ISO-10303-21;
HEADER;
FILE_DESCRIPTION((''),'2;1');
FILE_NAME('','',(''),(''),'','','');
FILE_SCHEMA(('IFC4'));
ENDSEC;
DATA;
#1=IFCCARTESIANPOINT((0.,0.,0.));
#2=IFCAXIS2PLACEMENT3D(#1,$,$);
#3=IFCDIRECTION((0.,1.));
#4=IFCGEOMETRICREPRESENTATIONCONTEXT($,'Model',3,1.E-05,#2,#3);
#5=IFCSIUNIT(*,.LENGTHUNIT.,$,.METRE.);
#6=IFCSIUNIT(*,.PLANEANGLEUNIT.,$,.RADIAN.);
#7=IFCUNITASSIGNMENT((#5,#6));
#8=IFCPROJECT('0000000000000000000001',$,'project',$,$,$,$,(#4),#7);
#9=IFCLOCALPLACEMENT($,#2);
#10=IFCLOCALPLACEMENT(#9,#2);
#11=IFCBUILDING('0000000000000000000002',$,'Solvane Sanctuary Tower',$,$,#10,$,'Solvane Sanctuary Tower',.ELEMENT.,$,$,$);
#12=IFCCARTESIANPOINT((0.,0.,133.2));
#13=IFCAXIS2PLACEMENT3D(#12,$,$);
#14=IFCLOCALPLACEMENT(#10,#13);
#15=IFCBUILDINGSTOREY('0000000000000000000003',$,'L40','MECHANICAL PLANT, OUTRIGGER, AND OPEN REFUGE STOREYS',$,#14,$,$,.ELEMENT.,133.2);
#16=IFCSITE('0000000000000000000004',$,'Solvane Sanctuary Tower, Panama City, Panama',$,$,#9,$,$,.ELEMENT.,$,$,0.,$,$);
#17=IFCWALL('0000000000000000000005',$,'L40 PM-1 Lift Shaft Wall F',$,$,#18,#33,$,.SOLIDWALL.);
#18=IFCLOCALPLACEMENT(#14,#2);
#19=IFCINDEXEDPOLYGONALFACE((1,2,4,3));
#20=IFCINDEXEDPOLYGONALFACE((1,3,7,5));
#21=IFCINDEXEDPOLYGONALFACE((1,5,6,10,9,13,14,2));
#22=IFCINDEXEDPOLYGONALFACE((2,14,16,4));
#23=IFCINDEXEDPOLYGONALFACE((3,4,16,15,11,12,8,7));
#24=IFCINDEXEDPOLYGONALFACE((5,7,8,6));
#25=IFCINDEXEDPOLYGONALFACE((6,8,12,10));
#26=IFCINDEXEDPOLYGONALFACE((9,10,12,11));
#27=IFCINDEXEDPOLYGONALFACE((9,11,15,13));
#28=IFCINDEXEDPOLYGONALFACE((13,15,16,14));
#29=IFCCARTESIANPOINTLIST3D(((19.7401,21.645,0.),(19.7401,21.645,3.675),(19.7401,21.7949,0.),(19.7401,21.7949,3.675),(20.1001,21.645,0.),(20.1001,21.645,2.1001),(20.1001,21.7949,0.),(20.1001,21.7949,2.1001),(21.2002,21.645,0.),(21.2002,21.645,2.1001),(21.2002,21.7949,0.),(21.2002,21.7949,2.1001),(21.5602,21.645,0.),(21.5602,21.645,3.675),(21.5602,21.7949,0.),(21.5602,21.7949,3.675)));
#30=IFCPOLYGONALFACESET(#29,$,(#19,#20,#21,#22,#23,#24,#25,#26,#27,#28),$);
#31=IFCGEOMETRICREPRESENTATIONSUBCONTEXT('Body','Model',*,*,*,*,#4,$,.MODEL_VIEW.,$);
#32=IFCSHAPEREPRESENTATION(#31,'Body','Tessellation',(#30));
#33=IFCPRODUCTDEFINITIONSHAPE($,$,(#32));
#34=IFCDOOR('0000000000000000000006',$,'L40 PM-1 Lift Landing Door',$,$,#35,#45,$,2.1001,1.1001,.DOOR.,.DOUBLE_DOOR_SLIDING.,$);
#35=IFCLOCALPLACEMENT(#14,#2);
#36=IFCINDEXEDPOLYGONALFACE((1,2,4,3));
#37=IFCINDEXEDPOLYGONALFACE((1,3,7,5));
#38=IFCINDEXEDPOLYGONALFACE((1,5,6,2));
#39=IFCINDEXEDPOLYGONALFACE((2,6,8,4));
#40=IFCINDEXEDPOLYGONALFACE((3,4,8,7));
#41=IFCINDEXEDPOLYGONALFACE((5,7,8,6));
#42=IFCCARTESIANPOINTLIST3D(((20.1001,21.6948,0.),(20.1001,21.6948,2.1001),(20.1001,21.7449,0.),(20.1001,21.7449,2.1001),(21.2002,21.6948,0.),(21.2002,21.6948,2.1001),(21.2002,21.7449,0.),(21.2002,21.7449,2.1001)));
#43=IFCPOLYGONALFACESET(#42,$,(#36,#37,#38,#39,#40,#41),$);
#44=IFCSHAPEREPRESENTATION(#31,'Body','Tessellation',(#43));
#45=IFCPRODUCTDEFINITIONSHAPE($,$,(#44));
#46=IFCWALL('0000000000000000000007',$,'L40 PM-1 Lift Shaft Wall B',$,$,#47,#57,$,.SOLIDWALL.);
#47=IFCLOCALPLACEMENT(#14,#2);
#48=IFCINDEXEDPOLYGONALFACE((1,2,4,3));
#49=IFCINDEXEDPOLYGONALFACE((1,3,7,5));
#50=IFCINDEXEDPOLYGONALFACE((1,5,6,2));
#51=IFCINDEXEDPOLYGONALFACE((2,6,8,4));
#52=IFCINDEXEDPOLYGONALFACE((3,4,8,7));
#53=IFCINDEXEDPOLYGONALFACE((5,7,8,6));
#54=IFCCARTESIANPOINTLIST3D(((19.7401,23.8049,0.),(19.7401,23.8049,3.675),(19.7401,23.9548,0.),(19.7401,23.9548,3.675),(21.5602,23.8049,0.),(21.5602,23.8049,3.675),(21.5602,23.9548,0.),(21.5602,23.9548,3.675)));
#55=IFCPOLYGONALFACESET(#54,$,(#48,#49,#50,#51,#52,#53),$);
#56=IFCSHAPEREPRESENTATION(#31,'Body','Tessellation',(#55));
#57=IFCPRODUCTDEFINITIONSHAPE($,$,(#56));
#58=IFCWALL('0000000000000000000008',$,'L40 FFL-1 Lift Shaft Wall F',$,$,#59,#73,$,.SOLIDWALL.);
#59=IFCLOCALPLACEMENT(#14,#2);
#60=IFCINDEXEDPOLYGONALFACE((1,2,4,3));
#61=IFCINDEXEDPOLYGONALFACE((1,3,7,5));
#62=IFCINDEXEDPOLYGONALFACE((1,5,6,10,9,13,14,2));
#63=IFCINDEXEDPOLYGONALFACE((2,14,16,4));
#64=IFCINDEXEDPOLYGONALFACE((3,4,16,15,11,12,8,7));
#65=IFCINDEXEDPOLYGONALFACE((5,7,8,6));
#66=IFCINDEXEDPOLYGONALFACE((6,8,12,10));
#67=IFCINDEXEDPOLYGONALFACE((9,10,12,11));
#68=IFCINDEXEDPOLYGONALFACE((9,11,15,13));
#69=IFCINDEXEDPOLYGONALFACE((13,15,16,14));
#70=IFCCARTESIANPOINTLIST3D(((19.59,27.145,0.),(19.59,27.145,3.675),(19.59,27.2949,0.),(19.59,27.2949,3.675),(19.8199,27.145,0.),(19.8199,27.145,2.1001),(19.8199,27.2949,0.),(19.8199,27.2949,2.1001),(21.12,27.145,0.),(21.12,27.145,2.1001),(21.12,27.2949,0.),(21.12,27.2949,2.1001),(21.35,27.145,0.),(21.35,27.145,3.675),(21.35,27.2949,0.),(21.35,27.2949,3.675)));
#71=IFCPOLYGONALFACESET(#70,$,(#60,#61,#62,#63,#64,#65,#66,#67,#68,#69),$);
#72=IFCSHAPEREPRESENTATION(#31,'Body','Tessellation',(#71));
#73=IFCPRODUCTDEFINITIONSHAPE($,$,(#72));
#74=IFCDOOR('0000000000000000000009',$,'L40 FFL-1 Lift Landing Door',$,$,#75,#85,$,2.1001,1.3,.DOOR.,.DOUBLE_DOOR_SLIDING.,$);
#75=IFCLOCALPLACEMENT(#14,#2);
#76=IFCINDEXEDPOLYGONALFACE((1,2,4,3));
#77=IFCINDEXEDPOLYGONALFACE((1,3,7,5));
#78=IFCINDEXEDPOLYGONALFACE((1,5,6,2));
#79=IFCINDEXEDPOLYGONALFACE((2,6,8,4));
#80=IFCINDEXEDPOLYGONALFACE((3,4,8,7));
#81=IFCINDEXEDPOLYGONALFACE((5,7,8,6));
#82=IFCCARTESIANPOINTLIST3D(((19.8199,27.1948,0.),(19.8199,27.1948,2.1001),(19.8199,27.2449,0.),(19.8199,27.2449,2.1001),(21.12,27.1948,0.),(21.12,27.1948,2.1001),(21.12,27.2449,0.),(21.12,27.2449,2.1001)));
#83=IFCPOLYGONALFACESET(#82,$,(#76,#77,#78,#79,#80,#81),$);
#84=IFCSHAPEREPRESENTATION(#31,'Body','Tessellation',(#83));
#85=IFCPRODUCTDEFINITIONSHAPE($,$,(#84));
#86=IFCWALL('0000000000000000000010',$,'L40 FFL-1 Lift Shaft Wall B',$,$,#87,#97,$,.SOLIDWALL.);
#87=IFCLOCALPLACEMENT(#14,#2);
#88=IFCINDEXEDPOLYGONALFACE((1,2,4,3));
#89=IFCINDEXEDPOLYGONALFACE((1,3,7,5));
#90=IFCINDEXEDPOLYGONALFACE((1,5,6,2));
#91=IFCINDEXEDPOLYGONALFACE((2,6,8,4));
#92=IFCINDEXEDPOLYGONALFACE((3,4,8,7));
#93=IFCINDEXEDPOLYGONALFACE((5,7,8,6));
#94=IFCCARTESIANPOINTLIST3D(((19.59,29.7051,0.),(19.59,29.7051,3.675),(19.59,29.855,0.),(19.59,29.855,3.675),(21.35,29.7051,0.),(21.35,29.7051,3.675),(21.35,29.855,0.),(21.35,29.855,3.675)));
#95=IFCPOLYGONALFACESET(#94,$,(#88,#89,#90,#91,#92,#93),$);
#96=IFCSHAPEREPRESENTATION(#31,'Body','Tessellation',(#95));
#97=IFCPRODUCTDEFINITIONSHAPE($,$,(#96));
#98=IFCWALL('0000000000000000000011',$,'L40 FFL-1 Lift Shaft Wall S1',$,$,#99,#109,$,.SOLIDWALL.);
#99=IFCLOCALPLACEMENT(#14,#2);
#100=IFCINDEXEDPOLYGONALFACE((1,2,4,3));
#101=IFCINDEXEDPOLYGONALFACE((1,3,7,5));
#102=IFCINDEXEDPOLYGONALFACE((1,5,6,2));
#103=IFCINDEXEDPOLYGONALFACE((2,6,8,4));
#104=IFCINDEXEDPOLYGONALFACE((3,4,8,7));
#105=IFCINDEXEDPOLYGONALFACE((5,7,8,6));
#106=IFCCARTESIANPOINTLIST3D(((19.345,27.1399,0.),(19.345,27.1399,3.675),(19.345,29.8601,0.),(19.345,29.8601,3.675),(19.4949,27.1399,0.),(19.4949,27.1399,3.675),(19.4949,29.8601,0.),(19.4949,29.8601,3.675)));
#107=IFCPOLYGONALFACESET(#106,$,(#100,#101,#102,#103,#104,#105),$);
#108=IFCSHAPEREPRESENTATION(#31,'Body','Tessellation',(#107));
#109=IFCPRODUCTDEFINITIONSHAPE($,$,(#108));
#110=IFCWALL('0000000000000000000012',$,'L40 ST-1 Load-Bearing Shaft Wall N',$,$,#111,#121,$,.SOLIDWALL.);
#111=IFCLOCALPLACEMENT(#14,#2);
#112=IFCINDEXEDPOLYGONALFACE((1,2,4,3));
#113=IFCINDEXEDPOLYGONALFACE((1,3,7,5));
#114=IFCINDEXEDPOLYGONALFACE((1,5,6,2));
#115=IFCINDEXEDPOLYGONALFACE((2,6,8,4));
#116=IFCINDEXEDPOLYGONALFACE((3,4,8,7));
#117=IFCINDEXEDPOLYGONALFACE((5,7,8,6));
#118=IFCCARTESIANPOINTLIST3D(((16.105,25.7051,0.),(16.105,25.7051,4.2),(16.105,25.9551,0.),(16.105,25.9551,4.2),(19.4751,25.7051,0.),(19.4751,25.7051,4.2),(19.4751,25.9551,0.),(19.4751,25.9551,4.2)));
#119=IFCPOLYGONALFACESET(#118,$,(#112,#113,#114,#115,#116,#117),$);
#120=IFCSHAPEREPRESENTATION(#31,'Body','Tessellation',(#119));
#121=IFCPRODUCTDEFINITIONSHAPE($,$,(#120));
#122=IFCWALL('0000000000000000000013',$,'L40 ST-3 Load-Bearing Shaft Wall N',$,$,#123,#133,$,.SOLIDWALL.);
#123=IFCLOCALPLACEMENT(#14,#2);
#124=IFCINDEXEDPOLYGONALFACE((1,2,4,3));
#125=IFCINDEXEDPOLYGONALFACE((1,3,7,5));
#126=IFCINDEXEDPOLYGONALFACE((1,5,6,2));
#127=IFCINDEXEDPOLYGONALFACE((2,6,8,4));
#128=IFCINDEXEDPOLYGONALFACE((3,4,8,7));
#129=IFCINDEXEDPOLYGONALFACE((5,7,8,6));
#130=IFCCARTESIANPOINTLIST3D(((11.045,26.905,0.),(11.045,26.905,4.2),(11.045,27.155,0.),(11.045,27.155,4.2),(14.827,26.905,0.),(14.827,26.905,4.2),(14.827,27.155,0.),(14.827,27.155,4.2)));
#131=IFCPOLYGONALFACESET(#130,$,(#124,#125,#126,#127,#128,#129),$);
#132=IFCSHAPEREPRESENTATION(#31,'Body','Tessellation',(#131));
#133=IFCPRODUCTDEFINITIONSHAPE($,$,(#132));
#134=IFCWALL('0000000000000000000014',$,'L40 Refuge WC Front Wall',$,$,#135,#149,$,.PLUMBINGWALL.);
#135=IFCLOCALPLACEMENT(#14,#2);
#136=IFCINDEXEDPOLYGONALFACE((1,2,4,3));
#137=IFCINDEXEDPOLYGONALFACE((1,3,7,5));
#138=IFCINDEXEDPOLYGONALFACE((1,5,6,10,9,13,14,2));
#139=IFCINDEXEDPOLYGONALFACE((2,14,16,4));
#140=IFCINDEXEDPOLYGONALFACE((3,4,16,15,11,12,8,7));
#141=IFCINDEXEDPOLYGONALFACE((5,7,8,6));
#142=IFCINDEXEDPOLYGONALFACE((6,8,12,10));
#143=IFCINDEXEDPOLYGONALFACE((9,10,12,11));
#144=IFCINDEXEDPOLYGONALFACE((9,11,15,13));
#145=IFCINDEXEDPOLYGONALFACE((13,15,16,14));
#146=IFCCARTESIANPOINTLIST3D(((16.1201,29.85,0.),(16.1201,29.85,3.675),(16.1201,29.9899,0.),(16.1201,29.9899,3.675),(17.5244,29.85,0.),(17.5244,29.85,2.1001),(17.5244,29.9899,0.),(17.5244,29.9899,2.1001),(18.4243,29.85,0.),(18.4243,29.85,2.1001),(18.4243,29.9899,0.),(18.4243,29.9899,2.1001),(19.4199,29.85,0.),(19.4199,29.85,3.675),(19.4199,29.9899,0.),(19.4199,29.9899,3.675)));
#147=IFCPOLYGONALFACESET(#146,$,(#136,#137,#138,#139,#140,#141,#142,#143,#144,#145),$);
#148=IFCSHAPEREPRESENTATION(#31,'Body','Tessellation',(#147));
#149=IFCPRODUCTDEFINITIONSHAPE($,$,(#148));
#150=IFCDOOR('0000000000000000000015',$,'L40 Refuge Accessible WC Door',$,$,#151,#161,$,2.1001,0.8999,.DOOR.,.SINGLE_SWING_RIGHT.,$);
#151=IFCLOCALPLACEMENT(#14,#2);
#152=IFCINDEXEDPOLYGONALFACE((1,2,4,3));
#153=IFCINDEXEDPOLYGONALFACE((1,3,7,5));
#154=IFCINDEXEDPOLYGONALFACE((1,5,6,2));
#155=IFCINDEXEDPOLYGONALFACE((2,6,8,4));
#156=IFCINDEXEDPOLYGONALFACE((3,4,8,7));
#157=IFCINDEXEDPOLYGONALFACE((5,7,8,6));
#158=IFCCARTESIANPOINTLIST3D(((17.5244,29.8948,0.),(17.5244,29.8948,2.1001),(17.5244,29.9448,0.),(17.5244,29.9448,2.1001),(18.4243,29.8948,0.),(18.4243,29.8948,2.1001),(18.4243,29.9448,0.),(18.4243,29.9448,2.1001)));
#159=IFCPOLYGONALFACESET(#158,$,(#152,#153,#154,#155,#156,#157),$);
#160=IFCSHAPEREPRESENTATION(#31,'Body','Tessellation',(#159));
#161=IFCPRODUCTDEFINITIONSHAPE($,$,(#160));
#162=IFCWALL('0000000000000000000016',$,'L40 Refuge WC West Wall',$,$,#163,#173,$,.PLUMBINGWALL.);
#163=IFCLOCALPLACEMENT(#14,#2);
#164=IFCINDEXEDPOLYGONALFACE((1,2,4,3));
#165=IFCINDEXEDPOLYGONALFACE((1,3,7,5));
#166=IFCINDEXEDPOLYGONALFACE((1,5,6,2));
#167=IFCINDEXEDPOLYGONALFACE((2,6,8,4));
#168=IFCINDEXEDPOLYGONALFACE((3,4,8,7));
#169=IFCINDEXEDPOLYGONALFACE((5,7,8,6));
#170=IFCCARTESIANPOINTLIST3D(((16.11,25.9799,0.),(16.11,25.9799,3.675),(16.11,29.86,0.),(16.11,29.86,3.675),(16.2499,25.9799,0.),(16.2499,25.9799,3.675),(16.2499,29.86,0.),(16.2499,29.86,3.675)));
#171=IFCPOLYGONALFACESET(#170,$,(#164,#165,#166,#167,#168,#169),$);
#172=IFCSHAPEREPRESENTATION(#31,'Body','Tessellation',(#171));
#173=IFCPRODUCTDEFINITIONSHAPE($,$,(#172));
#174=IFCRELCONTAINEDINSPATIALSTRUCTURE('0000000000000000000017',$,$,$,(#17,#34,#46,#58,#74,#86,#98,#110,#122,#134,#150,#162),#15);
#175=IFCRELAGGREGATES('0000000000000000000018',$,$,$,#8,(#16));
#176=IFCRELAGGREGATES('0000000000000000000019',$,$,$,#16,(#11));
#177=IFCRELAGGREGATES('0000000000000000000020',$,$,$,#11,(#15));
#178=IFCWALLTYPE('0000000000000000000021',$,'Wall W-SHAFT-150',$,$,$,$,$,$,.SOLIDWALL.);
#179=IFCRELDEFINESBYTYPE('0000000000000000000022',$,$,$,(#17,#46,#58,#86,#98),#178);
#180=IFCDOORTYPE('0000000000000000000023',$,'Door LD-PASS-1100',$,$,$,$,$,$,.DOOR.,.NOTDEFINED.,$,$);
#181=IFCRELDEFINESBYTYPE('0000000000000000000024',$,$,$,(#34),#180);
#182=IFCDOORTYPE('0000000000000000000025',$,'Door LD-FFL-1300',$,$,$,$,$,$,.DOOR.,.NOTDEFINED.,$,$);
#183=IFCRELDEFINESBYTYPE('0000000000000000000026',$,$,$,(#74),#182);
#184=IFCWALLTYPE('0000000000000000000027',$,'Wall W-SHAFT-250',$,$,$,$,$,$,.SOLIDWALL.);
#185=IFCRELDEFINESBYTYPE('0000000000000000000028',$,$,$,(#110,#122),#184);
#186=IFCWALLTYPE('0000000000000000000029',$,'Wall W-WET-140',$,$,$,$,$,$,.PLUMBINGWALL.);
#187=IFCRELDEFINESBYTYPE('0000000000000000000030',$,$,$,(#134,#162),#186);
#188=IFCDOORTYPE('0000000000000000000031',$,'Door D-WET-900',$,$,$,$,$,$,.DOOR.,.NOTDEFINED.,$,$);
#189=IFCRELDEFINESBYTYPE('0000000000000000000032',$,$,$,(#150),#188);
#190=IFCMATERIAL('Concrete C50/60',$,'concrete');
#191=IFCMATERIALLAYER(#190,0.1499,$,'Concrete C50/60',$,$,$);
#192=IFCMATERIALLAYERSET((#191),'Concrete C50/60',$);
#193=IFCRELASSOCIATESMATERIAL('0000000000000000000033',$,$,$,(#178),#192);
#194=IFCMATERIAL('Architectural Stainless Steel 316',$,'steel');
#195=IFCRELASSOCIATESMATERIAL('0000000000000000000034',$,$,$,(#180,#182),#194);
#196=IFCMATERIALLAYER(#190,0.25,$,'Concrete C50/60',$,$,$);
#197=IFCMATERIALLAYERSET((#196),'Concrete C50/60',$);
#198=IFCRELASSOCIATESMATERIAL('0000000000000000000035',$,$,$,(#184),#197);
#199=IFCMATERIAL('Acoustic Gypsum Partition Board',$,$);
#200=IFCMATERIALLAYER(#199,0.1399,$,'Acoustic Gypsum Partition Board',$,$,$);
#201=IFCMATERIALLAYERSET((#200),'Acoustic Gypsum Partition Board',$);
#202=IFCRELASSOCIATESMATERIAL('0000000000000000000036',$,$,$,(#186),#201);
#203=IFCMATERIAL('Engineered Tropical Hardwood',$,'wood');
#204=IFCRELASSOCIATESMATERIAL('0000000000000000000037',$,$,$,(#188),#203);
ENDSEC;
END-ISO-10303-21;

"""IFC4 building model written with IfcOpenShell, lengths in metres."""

from ifc_helpers import new_model, si_unit, direction, frame, frame_2d, origin, place, context, subcontext, project, spatial, rectangle, extrude, material, layer, layer_set, type_object, element, fill, save


model = new_model("IFC4")

# Units and contexts
model_context = context("Model", 3, precision=1e-05, world=origin(), true_north=direction((0.0, 1.0)))
body_context = subcontext(model_context, "Body", "Model", "MODEL_VIEW")
ifc_project = project(units=[si_unit("LENGTHUNIT", "METRE"), si_unit("PLANEANGLEUNIT", "RADIAN")], contexts=[model_context])

# Site, building, storey
site_placement = place(None, origin())
site = spatial("IfcSite", under=ifc_project, at=site_placement, Name="Solvane Sanctuary Tower, Panama City, Panama", CompositionType="ELEMENT", RefElevation=0.0)
building_placement = place(site_placement, origin())
building = spatial("IfcBuilding", under=site, at=building_placement, Name="Solvane Sanctuary Tower", LongName="Solvane Sanctuary Tower", CompositionType="ELEMENT")
storey_placement = place(building_placement, frame((0.0, 0.0, 133.2)))
storey = spatial("IfcBuildingStorey", under=building, at=storey_placement, Name="L40", Description="MECHANICAL PLANT, OUTRIGGER, AND OPEN REFUGE STOREYS", CompositionType="ELEMENT", Elevation=133.2)

# Shared definitions
ifc_material_1 = material(Name="Acoustic Gypsum Partition Board")

# Wall, opening, door
ifc_material_2 = material(Name="Concrete C50/60", Category="concrete")
ifc_layer_1 = layer(ifc_material_2, 0.1499, Name="Concrete C50/60")
ifc_layer_set_1 = layer_set([ifc_layer_1], Name="Concrete C50/60")
wall_type_1 = type_object("IfcWallType", Name="Wall W-SHAFT-150", PredefinedType="SOLIDWALL", material=ifc_layer_set_1)
wall_1_placement = place(storey_placement, frame((19.74, 21.72, 0.0), z_axis=(0.0, 0.0, 1.0), x_axis=(1.0, 0.0, 0.0)))
wall_1 = element("IfcWall", 1, at=wall_1_placement, inside=storey, type_object=wall_type_1, Name="L40 PM-1 Lift Shaft Wall F", PredefinedType="SOLIDWALL", context=body_context, shape_type="SweptSolid", body=[
    extrude(rectangle(XDim=1.8201, YDim=0.1499, at=frame_2d((0.9102, 0.0))), origin(), (0.0, 0.0, 1.0), 3.675),
])
opening_1_placement = place(wall_1_placement, frame((0.3601, 0.0, 0.0)))
opening_1 = element("IfcOpeningElement", 2, at=opening_1_placement, cuts=wall_1, PredefinedType="OPENING", context=body_context, shape_type="SweptSolid", body=[
    extrude(rectangle(XDim=1.1001, YDim=2.1001, at=frame_2d((0.55, 1.05))), frame((0.0, 0.085, 0.0), z_axis=(0.0, -1.0, 0.0), x_axis=(1.0, 0.0, 0.0)), (0.0, 0.0, 1.0), 0.1699),
])
ifc_material_3 = material(Name="Architectural Stainless Steel 316", Category="steel")
door_type_1 = type_object("IfcDoorType", Name="Door LD-PASS-1100", OperationType="NOTDEFINED", PredefinedType="DOOR", material=ifc_material_3)
door_1_placement = place(opening_1_placement, origin())
door_1 = element("IfcDoor", 3, at=door_1_placement, inside=storey, type_object=door_type_1, Name="L40 PM-1 Lift Landing Door", OperationType="DOUBLE_DOOR_SLIDING", OverallHeight=2.1001, OverallWidth=1.1001, PredefinedType="DOOR", context=body_context, shape_type="SweptSolid", body=[
    extrude(rectangle(XDim=1.1001, YDim=2.1001, at=frame_2d((0.55, 1.05))), frame((0.0, 0.0249, 0.0), z_axis=(0.0, -1.0, 0.0), x_axis=(1.0, 0.0, 0.0)), (0.0, 0.0, 1.0), 0.05),
])
fill(opening_1, door_1)

# Wall
wall_2_placement = place(storey_placement, frame((19.74, 23.8799, 0.0), z_axis=(0.0, 0.0, 1.0), x_axis=(1.0, 0.0, 0.0)))
element("IfcWall", 4, at=wall_2_placement, inside=storey, type_object=wall_type_1, Name="L40 PM-1 Lift Shaft Wall B", PredefinedType="SOLIDWALL", context=body_context, shape_type="SweptSolid", body=[
    extrude(rectangle(XDim=1.8201, YDim=0.1499, at=frame_2d((0.9102, 0.0))), origin(), (0.0, 0.0, 1.0), 3.675),
])

# Wall, opening, door
wall_3_placement = place(storey_placement, frame((19.5901, 27.22, 0.0), z_axis=(0.0, 0.0, 1.0), x_axis=(1.0, 0.0, 0.0)))
wall_3 = element("IfcWall", 5, at=wall_3_placement, inside=storey, type_object=wall_type_1, Name="L40 FFL-1 Lift Shaft Wall F", PredefinedType="SOLIDWALL", context=body_context, shape_type="SweptSolid", body=[
    extrude(rectangle(XDim=1.76, YDim=0.1499, at=frame_2d((0.8799, 0.0))), origin(), (0.0, 0.0, 1.0), 3.675),
])
opening_2_placement = place(wall_3_placement, frame((0.23, 0.0, 0.0)))
opening_2 = element("IfcOpeningElement", 6, at=opening_2_placement, cuts=wall_3, PredefinedType="OPENING", context=body_context, shape_type="SweptSolid", body=[
    extrude(rectangle(XDim=1.3, YDim=2.1001, at=frame_2d((0.6499, 1.05))), frame((0.0, 0.085, 0.0), z_axis=(0.0, -1.0, 0.0), x_axis=(1.0, 0.0, 0.0)), (0.0, 0.0, 1.0), 0.1699),
])
door_type_2 = type_object("IfcDoorType", Name="Door LD-FFL-1300", OperationType="NOTDEFINED", PredefinedType="DOOR", material=ifc_material_3)
door_2_placement = place(opening_2_placement, origin())
door_2 = element("IfcDoor", 7, at=door_2_placement, inside=storey, type_object=door_type_2, Name="L40 FFL-1 Lift Landing Door", OperationType="DOUBLE_DOOR_SLIDING", OverallHeight=2.1001, OverallWidth=1.3, PredefinedType="DOOR", context=body_context, shape_type="SweptSolid", body=[
    extrude(rectangle(XDim=1.3, YDim=2.1001, at=frame_2d((0.6499, 1.05))), frame((0.0, 0.0249, 0.0), z_axis=(0.0, -1.0, 0.0), x_axis=(1.0, 0.0, 0.0)), (0.0, 0.0, 1.0), 0.05),
])
fill(opening_2, door_2)

# Walls
wall_4_placement = place(storey_placement, frame((19.5901, 29.78, 0.0), z_axis=(0.0, 0.0, 1.0), x_axis=(1.0, 0.0, 0.0)))
element("IfcWall", 8, at=wall_4_placement, inside=storey, type_object=wall_type_1, Name="L40 FFL-1 Lift Shaft Wall B", PredefinedType="SOLIDWALL", context=body_context, shape_type="SweptSolid", body=[
    extrude(rectangle(XDim=1.76, YDim=0.1499, at=frame_2d((0.8799, 0.0))), origin(), (0.0, 0.0, 1.0), 3.675),
])
wall_5_placement = place(storey_placement, frame((19.4199, 27.1399, 0.0), z_axis=(0.0, 0.0, 1.0), x_axis=(0.0, 1.0, 0.0)))
element("IfcWall", 9, at=wall_5_placement, inside=storey, type_object=wall_type_1, Name="L40 FFL-1 Lift Shaft Wall S1", PredefinedType="SOLIDWALL", context=body_context, shape_type="SweptSolid", body=[
    extrude(rectangle(XDim=2.7202, YDim=0.1499, at=frame_2d((1.3601, 0.0))), origin(), (0.0, 0.0, 1.0), 3.675),
])
ifc_layer_2 = layer(ifc_material_2, 0.25, Name="Concrete C50/60")
ifc_layer_set_2 = layer_set([ifc_layer_2], Name="Concrete C50/60")
wall_type_2 = type_object("IfcWallType", Name="Wall W-SHAFT-250", PredefinedType="SOLIDWALL", material=ifc_layer_set_2)
wall_6_placement = place(storey_placement, frame((16.105, 25.8301, 0.0), z_axis=(0.0, 0.0, 1.0), x_axis=(1.0, 0.0, 0.0)))
element("IfcWall", 10, at=wall_6_placement, inside=storey, type_object=wall_type_2, Name="L40 ST-1 Load-Bearing Shaft Wall N", PredefinedType="SOLIDWALL", context=body_context, shape_type="SweptSolid", body=[
    extrude(rectangle(XDim=3.3701, YDim=0.25, at=frame_2d((1.6851, 0.0))), origin(), (0.0, 0.0, 1.0), 4.2),
])
wall_7_placement = place(storey_placement, frame((11.0449, 27.03, 0.0), z_axis=(0.0, 0.0, 1.0), x_axis=(1.0, 0.0, 0.0)))
element("IfcWall", 11, at=wall_7_placement, inside=storey, type_object=wall_type_2, Name="L40 ST-3 Load-Bearing Shaft Wall N", PredefinedType="SOLIDWALL", context=body_context, shape_type="SweptSolid", body=[
    extrude(rectangle(XDim=3.782, YDim=0.25, at=frame_2d((1.8911, 0.0))), origin(), (0.0, 0.0, 1.0), 4.2),
])

# Wall, opening, door
ifc_layer_3 = layer(ifc_material_1, 0.1399, Name="Acoustic Gypsum Partition Board")
ifc_layer_set_3 = layer_set([ifc_layer_3], Name="Acoustic Gypsum Partition Board")
wall_type_3 = type_object("IfcWallType", Name="Wall W-WET-140", PredefinedType="PLUMBINGWALL", material=ifc_layer_set_3)
wall_8_placement = place(storey_placement, frame((16.1201, 29.9199, 0.0), z_axis=(0.0, 0.0, 1.0), x_axis=(1.0, 0.0, 0.0)))
wall_8 = element("IfcWall", 12, at=wall_8_placement, inside=storey, type_object=wall_type_3, Name="L40 Refuge WC Front Wall", PredefinedType="PLUMBINGWALL", context=body_context, shape_type="SweptSolid", body=[
    extrude(rectangle(XDim=3.2998, YDim=0.1399, at=frame_2d((1.6499, 0.0))), origin(), (0.0, 0.0, 1.0), 3.675),
])
opening_3_placement = place(wall_8_placement, frame((1.4043, 0.0, 0.0)))
opening_3 = element("IfcOpeningElement", 13, at=opening_3_placement, cuts=wall_8, PredefinedType="OPENING", context=body_context, shape_type="SweptSolid", body=[
    extrude(rectangle(XDim=0.8999, YDim=2.1001, at=frame_2d((0.45, 1.05))), frame((0.0, 0.0798, 0.0), z_axis=(0.0, -1.0, 0.0), x_axis=(1.0, 0.0, 0.0)), (0.0, 0.0, 1.0), 0.1599),
])
ifc_material_4 = material(Name="Engineered Tropical Hardwood", Category="wood")
door_type_3 = type_object("IfcDoorType", Name="Door D-WET-900", OperationType="NOTDEFINED", PredefinedType="DOOR", material=ifc_material_4)
door_3_placement = place(opening_3_placement, origin())
door_3 = element("IfcDoor", 14, at=door_3_placement, inside=storey, type_object=door_type_3, Name="L40 Refuge Accessible WC Door", OperationType="SINGLE_SWING_RIGHT", OverallHeight=2.1001, OverallWidth=0.8999, PredefinedType="DOOR", context=body_context, shape_type="SweptSolid", body=[
    extrude(rectangle(XDim=0.8999, YDim=2.1001, at=frame_2d((0.45, 1.05))), frame((0.0, 0.0249, 0.0), z_axis=(0.0, -1.0, 0.0), x_axis=(1.0, 0.0, 0.0)), (0.0, 0.0, 1.0), 0.05),
])
fill(opening_3, door_3)

# Wall
wall_9_placement = place(storey_placement, frame((16.1799, 25.98, 0.0), z_axis=(0.0, 0.0, 1.0), x_axis=(0.0, 1.0, 0.0)))
element("IfcWall", 15, at=wall_9_placement, inside=storey, type_object=wall_type_3, Name="L40 Refuge WC West Wall", PredefinedType="PLUMBINGWALL", context=body_context, shape_type="SweptSolid", body=[
    extrude(rectangle(XDim=3.8801, YDim=0.1399, at=frame_2d((1.9399, 0.0))), origin(), (0.0, 0.0, 1.0), 3.675),
])

save(model, "model.ifc")
